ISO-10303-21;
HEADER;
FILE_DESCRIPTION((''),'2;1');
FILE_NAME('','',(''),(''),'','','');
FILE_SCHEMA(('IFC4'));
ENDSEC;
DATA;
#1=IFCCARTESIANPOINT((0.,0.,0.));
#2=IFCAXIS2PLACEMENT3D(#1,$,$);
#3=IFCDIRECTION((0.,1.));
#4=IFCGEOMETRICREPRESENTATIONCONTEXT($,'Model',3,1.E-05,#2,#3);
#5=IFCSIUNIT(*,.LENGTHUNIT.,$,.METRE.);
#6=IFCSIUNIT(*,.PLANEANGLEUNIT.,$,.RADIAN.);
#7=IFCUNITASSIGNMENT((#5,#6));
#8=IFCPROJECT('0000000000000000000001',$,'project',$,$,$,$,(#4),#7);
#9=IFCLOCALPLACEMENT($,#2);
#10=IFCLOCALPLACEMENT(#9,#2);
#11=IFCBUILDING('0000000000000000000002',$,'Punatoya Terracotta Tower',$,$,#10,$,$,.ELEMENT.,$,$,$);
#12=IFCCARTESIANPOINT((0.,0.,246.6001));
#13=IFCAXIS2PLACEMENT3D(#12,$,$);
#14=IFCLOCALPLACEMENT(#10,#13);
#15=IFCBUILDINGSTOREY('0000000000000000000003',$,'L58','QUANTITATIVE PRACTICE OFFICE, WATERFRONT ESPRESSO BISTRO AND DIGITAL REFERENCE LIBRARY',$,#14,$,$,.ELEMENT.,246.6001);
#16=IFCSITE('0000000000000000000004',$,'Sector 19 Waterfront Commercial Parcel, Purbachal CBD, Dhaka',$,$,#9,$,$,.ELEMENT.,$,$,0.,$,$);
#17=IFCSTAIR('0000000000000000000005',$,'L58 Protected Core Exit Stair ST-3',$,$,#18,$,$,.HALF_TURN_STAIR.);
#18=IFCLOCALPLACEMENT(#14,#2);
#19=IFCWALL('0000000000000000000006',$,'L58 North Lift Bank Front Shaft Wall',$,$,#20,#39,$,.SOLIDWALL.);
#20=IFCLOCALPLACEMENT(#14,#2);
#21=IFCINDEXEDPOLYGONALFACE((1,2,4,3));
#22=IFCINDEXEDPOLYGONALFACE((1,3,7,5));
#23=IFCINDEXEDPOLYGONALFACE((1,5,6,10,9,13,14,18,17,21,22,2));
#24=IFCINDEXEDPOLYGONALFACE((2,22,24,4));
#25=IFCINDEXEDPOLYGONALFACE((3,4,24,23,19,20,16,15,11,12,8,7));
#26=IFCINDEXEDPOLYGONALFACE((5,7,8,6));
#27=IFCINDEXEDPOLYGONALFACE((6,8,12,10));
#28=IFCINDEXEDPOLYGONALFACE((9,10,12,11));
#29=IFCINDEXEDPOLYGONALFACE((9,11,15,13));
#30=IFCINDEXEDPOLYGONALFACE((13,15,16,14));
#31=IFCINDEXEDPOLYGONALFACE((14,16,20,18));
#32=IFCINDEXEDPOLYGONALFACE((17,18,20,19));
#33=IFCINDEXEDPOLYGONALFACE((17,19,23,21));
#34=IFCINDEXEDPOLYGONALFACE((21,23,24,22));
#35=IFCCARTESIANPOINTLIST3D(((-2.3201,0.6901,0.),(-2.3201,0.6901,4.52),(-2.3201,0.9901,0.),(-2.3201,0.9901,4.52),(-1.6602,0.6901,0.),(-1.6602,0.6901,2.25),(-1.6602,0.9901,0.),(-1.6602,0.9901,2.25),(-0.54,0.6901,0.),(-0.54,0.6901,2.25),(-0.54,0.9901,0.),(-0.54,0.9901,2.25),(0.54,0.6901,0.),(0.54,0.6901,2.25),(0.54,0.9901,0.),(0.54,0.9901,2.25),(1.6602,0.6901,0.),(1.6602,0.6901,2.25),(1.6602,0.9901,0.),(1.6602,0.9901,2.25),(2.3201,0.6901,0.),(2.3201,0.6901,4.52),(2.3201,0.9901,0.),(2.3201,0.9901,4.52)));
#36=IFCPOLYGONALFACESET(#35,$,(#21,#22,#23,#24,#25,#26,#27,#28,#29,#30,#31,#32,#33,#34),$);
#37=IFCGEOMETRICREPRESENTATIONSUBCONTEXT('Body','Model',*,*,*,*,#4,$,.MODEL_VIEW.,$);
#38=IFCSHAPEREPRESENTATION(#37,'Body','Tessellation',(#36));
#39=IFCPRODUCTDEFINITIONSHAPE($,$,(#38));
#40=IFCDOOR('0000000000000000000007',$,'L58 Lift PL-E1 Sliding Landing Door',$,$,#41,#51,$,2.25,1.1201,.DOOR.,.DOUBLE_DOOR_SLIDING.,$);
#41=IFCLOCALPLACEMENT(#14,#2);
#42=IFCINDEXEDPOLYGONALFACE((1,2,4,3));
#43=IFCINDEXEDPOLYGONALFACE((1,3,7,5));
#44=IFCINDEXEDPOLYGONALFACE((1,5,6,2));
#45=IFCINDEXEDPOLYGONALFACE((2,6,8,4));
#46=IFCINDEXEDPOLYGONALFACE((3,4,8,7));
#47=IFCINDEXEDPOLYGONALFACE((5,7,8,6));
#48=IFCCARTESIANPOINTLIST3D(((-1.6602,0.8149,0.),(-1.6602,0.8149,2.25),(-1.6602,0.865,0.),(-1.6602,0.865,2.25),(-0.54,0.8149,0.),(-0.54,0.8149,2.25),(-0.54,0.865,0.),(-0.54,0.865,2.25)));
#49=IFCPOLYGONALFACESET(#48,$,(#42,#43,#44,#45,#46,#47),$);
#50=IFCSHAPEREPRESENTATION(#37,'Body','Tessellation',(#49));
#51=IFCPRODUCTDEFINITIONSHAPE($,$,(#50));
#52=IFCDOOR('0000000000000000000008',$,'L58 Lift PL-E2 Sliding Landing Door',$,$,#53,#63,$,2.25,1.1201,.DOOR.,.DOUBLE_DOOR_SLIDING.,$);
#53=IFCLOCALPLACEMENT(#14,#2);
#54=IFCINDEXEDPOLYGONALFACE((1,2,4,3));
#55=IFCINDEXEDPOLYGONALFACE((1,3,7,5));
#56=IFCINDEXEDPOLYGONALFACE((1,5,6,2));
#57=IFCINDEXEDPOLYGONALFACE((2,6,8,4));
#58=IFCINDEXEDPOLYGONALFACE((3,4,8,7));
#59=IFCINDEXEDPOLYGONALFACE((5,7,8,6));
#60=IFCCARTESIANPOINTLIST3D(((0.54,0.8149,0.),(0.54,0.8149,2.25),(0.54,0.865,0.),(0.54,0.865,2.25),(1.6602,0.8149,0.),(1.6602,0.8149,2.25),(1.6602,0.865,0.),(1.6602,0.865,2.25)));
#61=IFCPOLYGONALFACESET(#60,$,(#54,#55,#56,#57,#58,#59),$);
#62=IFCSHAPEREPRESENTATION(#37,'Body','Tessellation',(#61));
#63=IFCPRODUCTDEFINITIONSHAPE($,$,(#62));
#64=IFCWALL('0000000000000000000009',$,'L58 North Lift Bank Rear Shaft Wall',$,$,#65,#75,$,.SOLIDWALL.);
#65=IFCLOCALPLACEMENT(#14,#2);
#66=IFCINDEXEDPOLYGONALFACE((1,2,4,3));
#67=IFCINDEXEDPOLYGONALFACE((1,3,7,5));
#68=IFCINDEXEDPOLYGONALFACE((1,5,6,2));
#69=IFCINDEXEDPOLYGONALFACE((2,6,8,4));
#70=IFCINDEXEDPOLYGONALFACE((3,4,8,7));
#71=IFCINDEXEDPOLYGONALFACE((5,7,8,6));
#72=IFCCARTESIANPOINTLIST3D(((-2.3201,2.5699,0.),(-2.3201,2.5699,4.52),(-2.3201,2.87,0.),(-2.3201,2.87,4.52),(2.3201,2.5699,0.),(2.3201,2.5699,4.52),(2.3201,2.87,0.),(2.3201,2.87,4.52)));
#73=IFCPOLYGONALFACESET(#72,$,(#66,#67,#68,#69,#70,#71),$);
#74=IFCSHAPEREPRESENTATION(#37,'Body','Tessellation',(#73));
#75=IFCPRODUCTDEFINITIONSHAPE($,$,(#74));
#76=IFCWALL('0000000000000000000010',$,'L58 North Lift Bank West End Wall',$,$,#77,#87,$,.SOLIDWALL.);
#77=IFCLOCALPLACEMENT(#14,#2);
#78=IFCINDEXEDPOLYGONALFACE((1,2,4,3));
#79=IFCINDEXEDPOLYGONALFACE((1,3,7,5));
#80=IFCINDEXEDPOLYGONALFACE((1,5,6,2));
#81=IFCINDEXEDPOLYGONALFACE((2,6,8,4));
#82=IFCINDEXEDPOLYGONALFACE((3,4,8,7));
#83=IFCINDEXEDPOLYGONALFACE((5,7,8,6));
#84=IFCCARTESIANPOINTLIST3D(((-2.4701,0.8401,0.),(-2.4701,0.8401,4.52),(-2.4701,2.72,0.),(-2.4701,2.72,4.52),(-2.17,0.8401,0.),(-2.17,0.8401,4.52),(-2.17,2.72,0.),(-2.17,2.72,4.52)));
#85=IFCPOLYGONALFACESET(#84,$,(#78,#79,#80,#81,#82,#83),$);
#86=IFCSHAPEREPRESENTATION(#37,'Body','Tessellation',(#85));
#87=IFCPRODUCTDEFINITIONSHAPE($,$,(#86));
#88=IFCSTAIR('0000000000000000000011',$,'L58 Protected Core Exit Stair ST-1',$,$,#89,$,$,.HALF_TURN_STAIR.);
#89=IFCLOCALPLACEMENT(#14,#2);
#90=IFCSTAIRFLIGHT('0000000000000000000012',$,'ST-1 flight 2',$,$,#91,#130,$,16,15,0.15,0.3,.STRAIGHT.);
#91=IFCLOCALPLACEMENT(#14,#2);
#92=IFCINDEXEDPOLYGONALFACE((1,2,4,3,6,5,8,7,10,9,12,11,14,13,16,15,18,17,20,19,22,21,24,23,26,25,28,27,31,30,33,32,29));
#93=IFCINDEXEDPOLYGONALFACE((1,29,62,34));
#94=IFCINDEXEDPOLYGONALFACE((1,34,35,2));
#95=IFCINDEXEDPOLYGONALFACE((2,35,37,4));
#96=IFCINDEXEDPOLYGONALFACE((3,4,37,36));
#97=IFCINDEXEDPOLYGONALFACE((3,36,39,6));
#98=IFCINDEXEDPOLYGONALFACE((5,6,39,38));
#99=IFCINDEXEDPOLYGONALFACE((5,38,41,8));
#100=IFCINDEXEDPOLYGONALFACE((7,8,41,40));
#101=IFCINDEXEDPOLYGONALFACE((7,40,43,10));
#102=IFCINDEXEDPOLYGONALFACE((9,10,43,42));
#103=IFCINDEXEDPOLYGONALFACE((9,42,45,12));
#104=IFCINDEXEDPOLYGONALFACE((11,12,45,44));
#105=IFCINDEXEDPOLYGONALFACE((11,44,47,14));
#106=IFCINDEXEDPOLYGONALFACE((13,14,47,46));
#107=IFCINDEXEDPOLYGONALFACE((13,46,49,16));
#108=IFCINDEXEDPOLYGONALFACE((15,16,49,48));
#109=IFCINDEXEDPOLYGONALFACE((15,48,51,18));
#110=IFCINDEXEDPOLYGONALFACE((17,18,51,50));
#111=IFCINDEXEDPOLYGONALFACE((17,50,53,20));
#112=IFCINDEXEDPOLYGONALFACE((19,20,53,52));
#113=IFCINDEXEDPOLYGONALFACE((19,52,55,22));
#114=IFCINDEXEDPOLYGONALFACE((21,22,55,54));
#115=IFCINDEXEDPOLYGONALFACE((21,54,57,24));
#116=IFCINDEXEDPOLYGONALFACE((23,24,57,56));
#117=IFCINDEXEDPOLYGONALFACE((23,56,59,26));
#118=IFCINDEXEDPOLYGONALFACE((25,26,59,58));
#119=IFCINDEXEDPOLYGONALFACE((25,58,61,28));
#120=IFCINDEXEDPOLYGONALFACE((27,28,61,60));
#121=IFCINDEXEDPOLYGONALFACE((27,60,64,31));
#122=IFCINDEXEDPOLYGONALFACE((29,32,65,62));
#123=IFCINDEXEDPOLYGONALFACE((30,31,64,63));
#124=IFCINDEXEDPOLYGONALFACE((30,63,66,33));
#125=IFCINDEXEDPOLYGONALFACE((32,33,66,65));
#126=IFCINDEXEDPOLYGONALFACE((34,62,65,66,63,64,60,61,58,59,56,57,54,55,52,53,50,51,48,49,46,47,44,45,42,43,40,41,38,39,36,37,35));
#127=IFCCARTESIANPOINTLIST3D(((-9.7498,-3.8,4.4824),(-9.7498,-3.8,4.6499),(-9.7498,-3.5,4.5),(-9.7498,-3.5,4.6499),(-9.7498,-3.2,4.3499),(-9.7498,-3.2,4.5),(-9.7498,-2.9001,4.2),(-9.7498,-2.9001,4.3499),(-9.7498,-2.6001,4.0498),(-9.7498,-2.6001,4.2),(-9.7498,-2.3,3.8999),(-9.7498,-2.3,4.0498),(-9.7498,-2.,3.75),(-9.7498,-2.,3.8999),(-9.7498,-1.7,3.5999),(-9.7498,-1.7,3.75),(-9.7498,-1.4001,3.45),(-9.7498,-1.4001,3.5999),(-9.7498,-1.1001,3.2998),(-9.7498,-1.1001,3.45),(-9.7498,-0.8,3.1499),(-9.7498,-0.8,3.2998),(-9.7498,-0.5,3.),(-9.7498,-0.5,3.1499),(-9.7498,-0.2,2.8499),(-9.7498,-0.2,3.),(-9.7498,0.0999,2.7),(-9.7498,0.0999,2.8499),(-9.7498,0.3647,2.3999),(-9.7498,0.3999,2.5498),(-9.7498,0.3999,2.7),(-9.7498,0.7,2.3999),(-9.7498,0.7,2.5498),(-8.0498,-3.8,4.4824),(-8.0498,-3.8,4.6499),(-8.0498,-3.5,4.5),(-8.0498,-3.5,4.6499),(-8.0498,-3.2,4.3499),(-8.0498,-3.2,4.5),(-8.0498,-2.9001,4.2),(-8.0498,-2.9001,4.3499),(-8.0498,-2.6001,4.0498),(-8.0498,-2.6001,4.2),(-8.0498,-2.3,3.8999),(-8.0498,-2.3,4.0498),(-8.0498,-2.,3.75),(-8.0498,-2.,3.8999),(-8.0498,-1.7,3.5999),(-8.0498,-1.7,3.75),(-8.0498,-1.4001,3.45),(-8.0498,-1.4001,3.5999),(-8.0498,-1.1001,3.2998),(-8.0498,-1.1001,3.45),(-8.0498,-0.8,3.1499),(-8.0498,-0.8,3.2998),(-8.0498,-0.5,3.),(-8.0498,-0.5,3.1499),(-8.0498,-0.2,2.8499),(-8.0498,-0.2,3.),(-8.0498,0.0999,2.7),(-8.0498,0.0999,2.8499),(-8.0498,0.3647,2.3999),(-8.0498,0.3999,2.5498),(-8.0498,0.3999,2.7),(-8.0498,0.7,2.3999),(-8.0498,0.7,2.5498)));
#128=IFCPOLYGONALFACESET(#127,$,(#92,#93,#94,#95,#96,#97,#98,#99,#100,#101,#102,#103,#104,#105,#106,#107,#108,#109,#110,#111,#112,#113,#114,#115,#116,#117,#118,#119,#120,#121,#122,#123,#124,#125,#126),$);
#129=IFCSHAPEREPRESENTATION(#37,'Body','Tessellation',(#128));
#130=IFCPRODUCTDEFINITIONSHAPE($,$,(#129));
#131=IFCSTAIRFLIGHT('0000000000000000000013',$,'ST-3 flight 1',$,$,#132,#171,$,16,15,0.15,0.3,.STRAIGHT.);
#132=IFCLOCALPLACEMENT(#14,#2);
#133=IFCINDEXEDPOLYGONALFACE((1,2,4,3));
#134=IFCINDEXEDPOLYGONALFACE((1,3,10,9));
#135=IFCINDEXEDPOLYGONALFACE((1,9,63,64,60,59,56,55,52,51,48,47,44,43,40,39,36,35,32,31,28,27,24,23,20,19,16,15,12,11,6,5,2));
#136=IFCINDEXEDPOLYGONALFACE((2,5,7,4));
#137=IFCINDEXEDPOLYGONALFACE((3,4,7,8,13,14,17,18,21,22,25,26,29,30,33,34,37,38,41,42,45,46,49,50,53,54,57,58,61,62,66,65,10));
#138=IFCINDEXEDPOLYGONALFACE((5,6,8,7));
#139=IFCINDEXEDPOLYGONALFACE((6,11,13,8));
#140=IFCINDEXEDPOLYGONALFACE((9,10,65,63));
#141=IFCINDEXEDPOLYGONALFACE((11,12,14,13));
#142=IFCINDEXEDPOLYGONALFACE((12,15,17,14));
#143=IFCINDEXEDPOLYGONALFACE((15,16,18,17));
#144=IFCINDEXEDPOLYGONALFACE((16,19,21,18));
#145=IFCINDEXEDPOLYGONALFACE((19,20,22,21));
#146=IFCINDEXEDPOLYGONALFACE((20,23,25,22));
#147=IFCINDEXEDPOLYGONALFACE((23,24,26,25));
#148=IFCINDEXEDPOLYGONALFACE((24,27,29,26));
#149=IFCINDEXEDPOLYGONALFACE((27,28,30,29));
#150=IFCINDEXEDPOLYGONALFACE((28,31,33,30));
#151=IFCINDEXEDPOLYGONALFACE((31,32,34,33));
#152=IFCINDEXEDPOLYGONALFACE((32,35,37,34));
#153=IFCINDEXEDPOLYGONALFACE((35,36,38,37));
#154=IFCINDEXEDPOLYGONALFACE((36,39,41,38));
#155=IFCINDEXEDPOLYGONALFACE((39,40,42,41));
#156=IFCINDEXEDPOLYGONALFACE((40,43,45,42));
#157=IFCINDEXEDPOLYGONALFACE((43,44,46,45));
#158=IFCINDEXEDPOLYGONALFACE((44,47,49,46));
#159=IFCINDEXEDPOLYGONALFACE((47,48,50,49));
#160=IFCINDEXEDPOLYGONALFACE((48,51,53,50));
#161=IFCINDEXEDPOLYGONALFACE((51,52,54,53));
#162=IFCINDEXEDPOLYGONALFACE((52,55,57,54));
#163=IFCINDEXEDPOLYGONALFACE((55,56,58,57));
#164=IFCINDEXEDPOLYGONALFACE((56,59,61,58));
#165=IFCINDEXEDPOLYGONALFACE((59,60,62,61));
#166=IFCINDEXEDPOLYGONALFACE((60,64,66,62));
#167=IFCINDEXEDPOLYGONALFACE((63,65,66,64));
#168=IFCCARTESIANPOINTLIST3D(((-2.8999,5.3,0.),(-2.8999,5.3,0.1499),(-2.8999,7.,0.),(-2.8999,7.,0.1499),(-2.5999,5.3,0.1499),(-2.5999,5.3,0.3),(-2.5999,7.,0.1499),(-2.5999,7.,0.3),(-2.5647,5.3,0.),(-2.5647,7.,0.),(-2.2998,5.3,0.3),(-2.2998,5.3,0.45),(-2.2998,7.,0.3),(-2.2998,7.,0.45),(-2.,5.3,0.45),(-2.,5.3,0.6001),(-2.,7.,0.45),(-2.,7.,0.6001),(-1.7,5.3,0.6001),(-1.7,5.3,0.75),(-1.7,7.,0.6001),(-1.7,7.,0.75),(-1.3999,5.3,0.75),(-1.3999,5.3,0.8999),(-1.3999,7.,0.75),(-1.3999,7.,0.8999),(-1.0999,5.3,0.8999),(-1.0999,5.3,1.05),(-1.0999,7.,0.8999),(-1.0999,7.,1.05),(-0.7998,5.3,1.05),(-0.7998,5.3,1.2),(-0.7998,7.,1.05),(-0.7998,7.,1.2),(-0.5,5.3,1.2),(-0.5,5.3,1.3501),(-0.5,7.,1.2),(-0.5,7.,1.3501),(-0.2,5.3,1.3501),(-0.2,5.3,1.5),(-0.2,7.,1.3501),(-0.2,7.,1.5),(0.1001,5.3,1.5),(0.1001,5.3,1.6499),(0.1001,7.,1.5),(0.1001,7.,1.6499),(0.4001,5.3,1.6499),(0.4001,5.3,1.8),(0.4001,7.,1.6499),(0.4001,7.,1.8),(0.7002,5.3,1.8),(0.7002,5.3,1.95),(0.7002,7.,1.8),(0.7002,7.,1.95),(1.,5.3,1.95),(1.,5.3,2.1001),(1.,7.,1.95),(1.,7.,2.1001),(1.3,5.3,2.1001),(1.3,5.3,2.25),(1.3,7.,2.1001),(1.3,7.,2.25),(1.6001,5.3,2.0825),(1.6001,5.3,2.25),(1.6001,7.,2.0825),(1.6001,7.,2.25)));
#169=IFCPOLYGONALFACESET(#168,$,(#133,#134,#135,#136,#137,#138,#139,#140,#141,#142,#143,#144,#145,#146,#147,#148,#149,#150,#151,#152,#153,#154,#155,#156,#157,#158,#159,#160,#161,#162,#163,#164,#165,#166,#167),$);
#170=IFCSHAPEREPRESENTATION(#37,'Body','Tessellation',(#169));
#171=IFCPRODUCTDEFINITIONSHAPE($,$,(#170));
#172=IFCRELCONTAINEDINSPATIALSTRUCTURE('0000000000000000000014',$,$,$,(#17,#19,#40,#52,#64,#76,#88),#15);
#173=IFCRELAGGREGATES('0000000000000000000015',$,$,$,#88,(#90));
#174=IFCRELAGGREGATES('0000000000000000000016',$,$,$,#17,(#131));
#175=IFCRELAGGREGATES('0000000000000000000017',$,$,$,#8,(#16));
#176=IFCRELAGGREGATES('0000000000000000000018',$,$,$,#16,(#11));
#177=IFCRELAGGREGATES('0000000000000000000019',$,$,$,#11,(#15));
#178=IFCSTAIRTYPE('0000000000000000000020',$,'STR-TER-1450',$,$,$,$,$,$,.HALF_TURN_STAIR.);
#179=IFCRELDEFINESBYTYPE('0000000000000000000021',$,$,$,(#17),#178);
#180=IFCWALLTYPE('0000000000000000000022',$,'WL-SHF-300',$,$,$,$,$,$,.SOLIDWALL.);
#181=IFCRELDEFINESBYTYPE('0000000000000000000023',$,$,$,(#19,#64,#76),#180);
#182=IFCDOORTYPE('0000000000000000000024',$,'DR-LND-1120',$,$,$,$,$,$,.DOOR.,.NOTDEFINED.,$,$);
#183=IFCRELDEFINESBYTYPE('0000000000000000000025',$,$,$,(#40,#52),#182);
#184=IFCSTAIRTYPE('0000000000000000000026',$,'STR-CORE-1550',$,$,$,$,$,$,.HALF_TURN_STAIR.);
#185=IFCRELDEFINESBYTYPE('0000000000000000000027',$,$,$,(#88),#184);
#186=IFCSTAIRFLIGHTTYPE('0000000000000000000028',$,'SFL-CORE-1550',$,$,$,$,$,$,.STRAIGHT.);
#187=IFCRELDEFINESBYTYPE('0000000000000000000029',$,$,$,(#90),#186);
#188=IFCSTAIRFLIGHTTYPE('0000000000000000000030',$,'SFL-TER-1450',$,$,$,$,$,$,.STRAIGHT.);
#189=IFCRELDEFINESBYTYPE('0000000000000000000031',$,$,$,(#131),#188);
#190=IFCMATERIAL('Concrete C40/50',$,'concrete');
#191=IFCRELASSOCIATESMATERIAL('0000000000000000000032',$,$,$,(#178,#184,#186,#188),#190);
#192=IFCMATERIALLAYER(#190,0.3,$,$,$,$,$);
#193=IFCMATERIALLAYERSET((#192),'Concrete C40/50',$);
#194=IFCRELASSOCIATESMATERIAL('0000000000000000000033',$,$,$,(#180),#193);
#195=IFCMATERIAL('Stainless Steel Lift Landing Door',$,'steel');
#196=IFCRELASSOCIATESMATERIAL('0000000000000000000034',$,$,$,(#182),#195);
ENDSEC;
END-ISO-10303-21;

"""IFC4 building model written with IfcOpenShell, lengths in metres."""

from ifc_helpers import new_model, si_unit, direction, frame, frame_2d, origin, place, context, subcontext, project, spatial, polyline, rectangle, outline, extrude, material, layer, layer_set, type_object, element, fill, aggregate, save


model = new_model("IFC4")

# Units and contexts
model_context = context("Model", 3, precision=1e-05, world=origin(), true_north=direction((0.0, 1.0)))
body_context = subcontext(model_context, "Body", "Model", "MODEL_VIEW")
ifc_project = project(units=[si_unit("LENGTHUNIT", "METRE"), si_unit("PLANEANGLEUNIT", "RADIAN")], contexts=[model_context])

# Site, building, storey
site_placement = place(None, origin())
site = spatial("IfcSite", under=ifc_project, at=site_placement, Name="Sector 19 Waterfront Commercial Parcel, Purbachal CBD, Dhaka", CompositionType="ELEMENT", RefElevation=0.0)
building_placement = place(site_placement, origin())
building = spatial("IfcBuilding", under=site, at=building_placement, Name="Punatoya Terracotta Tower", CompositionType="ELEMENT")
storey_placement = place(building_placement, frame((0.0, 0.0, 246.6001)))
storey = spatial("IfcBuildingStorey", under=building, at=storey_placement, Name="L58", Description="QUANTITATIVE PRACTICE OFFICE, WATERFRONT ESPRESSO BISTRO AND DIGITAL REFERENCE LIBRARY", CompositionType="ELEMENT", Elevation=246.6001)

# Stair
ifc_material_1 = material(Name="Concrete C40/50", Category="concrete")
stair_type_1 = type_object("IfcStairType", Name="STR-TER-1450", PredefinedType="HALF_TURN_STAIR", material=ifc_material_1)
stair_1_placement = place(storey_placement, origin())
stair_1 = element("IfcStair", 1, at=stair_1_placement, inside=storey, type_object=stair_type_1, Name="L58 Protected Core Exit Stair ST-3", PredefinedType="HALF_TURN_STAIR")

# Shared definitions
ifc_layer_1 = layer(ifc_material_1, 0.3)
ifc_layer_set_1 = layer_set([ifc_layer_1], Name="Concrete C40/50")
wall_type_1 = type_object("IfcWallType", Name="WL-SHF-300", PredefinedType="SOLIDWALL", material=ifc_layer_set_1)

# Wall, openings, doors
wall_1_placement = place(storey_placement, frame((-2.3201, 0.8401, 0.0), z_axis=(0.0, 0.0, 1.0), x_axis=(1.0, 0.0, 0.0)))
wall_1 = element("IfcWall", 2, at=wall_1_placement, inside=storey, type_object=wall_type_1, Name="L58 North Lift Bank Front Shaft Wall", PredefinedType="SOLIDWALL", context=body_context, shape_type="SweptSolid", body=[
    extrude(rectangle(XDim=4.6401, YDim=0.3, at=frame_2d((2.3201, 0.0))), origin(), (0.0, 0.0, 1.0), 4.52),
])
opening_1_placement = place(wall_1_placement, frame((0.6599, 0.0, 0.0)))
opening_1 = element("IfcOpeningElement", 3, at=opening_1_placement, cuts=wall_1, PredefinedType="OPENING", context=body_context, shape_type="SweptSolid", body=[
    extrude(rectangle(XDim=1.1201, YDim=2.25, at=frame_2d((0.5601, 1.125))), frame((0.0, 0.1599, 0.0), z_axis=(0.0, -1.0, 0.0), x_axis=(1.0, 0.0, 0.0)), (0.0, 0.0, 1.0), 0.3201),
])
opening_2_placement = place(wall_1_placement, frame((2.8601, 0.0, 0.0)))
opening_2 = element("IfcOpeningElement", 4, at=opening_2_placement, cuts=wall_1, PredefinedType="OPENING", context=body_context, shape_type="SweptSolid", body=[
    extrude(rectangle(XDim=1.1201, YDim=2.25, at=frame_2d((0.5601, 1.125))), frame((0.0, 0.1599, 0.0), z_axis=(0.0, -1.0, 0.0), x_axis=(1.0, 0.0, 0.0)), (0.0, 0.0, 1.0), 0.3201),
])
ifc_material_2 = material(Name="Stainless Steel Lift Landing Door", Category="steel")
door_type_1 = type_object("IfcDoorType", Name="DR-LND-1120", OperationType="NOTDEFINED", PredefinedType="DOOR", material=ifc_material_2)
door_1_placement = place(opening_1_placement, origin())
door_1 = element("IfcDoor", 5, at=door_1_placement, inside=storey, type_object=door_type_1, Name="L58 Lift PL-E1 Sliding Landing Door", OperationType="DOUBLE_DOOR_SLIDING", OverallHeight=2.25, OverallWidth=1.1201, PredefinedType="DOOR", context=body_context, shape_type="SweptSolid", body=[
    extrude(rectangle(XDim=1.1201, YDim=2.25, at=frame_2d((0.5601, 1.125))), frame((0.0, 0.0249, 0.0), z_axis=(0.0, -1.0, 0.0), x_axis=(1.0, 0.0, 0.0)), (0.0, 0.0, 1.0), 0.05),
])
fill(opening_1, door_1)
door_2_placement = place(opening_2_placement, origin())
door_2 = element("IfcDoor", 6, at=door_2_placement, inside=storey, type_object=door_type_1, Name="L58 Lift PL-E2 Sliding Landing Door", OperationType="DOUBLE_DOOR_SLIDING", OverallHeight=2.25, OverallWidth=1.1201, PredefinedType="DOOR", context=body_context, shape_type="SweptSolid", body=[
    extrude(rectangle(XDim=1.1201, YDim=2.25, at=frame_2d((0.5601, 1.125))), frame((0.0, 0.0249, 0.0), z_axis=(0.0, -1.0, 0.0), x_axis=(1.0, 0.0, 0.0)), (0.0, 0.0, 1.0), 0.05),
])
fill(opening_2, door_2)

# Walls
wall_2_placement = place(storey_placement, frame((-2.3201, 2.72, 0.0), z_axis=(0.0, 0.0, 1.0), x_axis=(1.0, 0.0, 0.0)))
element("IfcWall", 7, at=wall_2_placement, inside=storey, type_object=wall_type_1, Name="L58 North Lift Bank Rear Shaft Wall", PredefinedType="SOLIDWALL", context=body_context, shape_type="SweptSolid", body=[
    extrude(rectangle(XDim=4.6401, YDim=0.3, at=frame_2d((2.3201, 0.0))), origin(), (0.0, 0.0, 1.0), 4.52),
])
wall_3_placement = place(storey_placement, frame((-2.3201, 0.8401, 0.0), z_axis=(0.0, 0.0, 1.0), x_axis=(0.0, 1.0, 0.0)))
element("IfcWall", 8, at=wall_3_placement, inside=storey, type_object=wall_type_1, Name="L58 North Lift Bank West End Wall", PredefinedType="SOLIDWALL", context=body_context, shape_type="SweptSolid", body=[
    extrude(rectangle(XDim=1.8799, YDim=0.3, at=frame_2d((0.9399, 0.0))), origin(), (0.0, 0.0, 1.0), 4.52),
])

# Stair, stair flight
stair_type_2 = type_object("IfcStairType", Name="STR-CORE-1550", PredefinedType="HALF_TURN_STAIR", material=ifc_material_1)
stair_2_placement = place(storey_placement, origin())
stair_2 = element("IfcStair", 9, at=stair_2_placement, inside=storey, type_object=stair_type_2, Name="L58 Protected Core Exit Stair ST-1", PredefinedType="HALF_TURN_STAIR")
stair_flight_type_1 = type_object("IfcStairFlightType", Name="SFL-CORE-1550", PredefinedType="STRAIGHT", material=ifc_material_1)
stair_flight_1_placement = place(storey_placement, frame((-8.8999, 0.7, 2.3999), z_axis=(0.0, 0.0, 1.0), x_axis=(0.0, -1.0, 0.0)))
stair_flight_1 = element("IfcStairFlight", 10, at=stair_flight_1_placement, type_object=stair_flight_type_1, Name="ST-1 flight 2", NumberOfRisers=16, NumberOfTreads=15, PredefinedType="STRAIGHT", RiserHeight=0.15, TreadLength=0.3, context=body_context, shape_type="SweptSolid", body=[
    extrude(outline(polyline([(0.0, 0.0), (0.0, 0.1499), (0.3, 0.1499), (0.3, 0.3), (0.6001, 0.3), (0.6001, 0.45), (0.8999, 0.45), (0.8999, 0.6001), (1.2, 0.6001), (1.2, 0.75), (1.5, 0.75), (1.5, 0.8999), (1.8, 0.8999), (1.8, 1.05), (2.1001, 1.05), (2.1001, 1.2), (2.3999, 1.2), (2.3999, 1.3501), (2.7, 1.3501), (2.7, 1.5), (3.0, 1.5), (3.0, 1.6499), (3.3, 1.6499), (3.3, 1.8), (3.6001, 1.8), (3.6001, 1.95), (3.8999, 1.95), (3.8999, 2.1001), (4.2, 2.1001), (4.2, 2.25), (4.5, 2.25), (4.5, 2.3999), (4.5, 2.0825), (0.3352, 0.0), (0.0, 0.0)])), frame((0.0, 0.8501, 0.0), z_axis=(0.0, -1.0, 0.0), x_axis=(1.0, 0.0, 0.0)), (0.0, 0.0, 1.0), 1.7),
])
aggregate(stair_2, [stair_flight_1])

# Stair flight
stair_flight_type_2 = type_object("IfcStairFlightType", Name="SFL-TER-1450", PredefinedType="STRAIGHT", material=ifc_material_1)
stair_flight_2_placement = place(storey_placement, frame((-2.8999, 6.1499, 0.0), z_axis=(0.0, 0.0, 1.0), x_axis=(1.0, 0.0, 0.0)))
stair_flight_2 = element("IfcStairFlight", 11, at=stair_flight_2_placement, type_object=stair_flight_type_2, Name="ST-3 flight 1", NumberOfRisers=16, NumberOfTreads=15, PredefinedType="STRAIGHT", RiserHeight=0.15, TreadLength=0.3, context=body_context, shape_type="SweptSolid", body=[
    extrude(outline(polyline([(0.0, 0.0), (0.0, 0.1499), (0.3, 0.1499), (0.3, 0.3), (0.6001, 0.3), (0.6001, 0.45), (0.8999, 0.45), (0.8999, 0.6001), (1.2, 0.6001), (1.2, 0.75), (1.5, 0.75), (1.5, 0.8999), (1.8, 0.8999), (1.8, 1.05), (2.1001, 1.05), (2.1001, 1.2), (2.3999, 1.2), (2.3999, 1.3501), (2.7, 1.3501), (2.7, 1.5), (3.0, 1.5), (3.0, 1.6499), (3.3, 1.6499), (3.3, 1.8), (3.6001, 1.8), (3.6001, 1.95), (3.8999, 1.95), (3.8999, 2.1001), (4.2, 2.1001), (4.2, 2.25), (4.5, 2.25), (4.5, 2.3999), (4.5, 2.0825), (0.3352, 0.0), (0.0, 0.0)])), frame((0.0, 0.8501, 0.0), z_axis=(0.0, -1.0, 0.0), x_axis=(1.0, 0.0, 0.0)), (0.0, 0.0, 1.0), 1.7),
])
aggregate(stair_1, [stair_flight_2])

save(model, "model.ifc")
